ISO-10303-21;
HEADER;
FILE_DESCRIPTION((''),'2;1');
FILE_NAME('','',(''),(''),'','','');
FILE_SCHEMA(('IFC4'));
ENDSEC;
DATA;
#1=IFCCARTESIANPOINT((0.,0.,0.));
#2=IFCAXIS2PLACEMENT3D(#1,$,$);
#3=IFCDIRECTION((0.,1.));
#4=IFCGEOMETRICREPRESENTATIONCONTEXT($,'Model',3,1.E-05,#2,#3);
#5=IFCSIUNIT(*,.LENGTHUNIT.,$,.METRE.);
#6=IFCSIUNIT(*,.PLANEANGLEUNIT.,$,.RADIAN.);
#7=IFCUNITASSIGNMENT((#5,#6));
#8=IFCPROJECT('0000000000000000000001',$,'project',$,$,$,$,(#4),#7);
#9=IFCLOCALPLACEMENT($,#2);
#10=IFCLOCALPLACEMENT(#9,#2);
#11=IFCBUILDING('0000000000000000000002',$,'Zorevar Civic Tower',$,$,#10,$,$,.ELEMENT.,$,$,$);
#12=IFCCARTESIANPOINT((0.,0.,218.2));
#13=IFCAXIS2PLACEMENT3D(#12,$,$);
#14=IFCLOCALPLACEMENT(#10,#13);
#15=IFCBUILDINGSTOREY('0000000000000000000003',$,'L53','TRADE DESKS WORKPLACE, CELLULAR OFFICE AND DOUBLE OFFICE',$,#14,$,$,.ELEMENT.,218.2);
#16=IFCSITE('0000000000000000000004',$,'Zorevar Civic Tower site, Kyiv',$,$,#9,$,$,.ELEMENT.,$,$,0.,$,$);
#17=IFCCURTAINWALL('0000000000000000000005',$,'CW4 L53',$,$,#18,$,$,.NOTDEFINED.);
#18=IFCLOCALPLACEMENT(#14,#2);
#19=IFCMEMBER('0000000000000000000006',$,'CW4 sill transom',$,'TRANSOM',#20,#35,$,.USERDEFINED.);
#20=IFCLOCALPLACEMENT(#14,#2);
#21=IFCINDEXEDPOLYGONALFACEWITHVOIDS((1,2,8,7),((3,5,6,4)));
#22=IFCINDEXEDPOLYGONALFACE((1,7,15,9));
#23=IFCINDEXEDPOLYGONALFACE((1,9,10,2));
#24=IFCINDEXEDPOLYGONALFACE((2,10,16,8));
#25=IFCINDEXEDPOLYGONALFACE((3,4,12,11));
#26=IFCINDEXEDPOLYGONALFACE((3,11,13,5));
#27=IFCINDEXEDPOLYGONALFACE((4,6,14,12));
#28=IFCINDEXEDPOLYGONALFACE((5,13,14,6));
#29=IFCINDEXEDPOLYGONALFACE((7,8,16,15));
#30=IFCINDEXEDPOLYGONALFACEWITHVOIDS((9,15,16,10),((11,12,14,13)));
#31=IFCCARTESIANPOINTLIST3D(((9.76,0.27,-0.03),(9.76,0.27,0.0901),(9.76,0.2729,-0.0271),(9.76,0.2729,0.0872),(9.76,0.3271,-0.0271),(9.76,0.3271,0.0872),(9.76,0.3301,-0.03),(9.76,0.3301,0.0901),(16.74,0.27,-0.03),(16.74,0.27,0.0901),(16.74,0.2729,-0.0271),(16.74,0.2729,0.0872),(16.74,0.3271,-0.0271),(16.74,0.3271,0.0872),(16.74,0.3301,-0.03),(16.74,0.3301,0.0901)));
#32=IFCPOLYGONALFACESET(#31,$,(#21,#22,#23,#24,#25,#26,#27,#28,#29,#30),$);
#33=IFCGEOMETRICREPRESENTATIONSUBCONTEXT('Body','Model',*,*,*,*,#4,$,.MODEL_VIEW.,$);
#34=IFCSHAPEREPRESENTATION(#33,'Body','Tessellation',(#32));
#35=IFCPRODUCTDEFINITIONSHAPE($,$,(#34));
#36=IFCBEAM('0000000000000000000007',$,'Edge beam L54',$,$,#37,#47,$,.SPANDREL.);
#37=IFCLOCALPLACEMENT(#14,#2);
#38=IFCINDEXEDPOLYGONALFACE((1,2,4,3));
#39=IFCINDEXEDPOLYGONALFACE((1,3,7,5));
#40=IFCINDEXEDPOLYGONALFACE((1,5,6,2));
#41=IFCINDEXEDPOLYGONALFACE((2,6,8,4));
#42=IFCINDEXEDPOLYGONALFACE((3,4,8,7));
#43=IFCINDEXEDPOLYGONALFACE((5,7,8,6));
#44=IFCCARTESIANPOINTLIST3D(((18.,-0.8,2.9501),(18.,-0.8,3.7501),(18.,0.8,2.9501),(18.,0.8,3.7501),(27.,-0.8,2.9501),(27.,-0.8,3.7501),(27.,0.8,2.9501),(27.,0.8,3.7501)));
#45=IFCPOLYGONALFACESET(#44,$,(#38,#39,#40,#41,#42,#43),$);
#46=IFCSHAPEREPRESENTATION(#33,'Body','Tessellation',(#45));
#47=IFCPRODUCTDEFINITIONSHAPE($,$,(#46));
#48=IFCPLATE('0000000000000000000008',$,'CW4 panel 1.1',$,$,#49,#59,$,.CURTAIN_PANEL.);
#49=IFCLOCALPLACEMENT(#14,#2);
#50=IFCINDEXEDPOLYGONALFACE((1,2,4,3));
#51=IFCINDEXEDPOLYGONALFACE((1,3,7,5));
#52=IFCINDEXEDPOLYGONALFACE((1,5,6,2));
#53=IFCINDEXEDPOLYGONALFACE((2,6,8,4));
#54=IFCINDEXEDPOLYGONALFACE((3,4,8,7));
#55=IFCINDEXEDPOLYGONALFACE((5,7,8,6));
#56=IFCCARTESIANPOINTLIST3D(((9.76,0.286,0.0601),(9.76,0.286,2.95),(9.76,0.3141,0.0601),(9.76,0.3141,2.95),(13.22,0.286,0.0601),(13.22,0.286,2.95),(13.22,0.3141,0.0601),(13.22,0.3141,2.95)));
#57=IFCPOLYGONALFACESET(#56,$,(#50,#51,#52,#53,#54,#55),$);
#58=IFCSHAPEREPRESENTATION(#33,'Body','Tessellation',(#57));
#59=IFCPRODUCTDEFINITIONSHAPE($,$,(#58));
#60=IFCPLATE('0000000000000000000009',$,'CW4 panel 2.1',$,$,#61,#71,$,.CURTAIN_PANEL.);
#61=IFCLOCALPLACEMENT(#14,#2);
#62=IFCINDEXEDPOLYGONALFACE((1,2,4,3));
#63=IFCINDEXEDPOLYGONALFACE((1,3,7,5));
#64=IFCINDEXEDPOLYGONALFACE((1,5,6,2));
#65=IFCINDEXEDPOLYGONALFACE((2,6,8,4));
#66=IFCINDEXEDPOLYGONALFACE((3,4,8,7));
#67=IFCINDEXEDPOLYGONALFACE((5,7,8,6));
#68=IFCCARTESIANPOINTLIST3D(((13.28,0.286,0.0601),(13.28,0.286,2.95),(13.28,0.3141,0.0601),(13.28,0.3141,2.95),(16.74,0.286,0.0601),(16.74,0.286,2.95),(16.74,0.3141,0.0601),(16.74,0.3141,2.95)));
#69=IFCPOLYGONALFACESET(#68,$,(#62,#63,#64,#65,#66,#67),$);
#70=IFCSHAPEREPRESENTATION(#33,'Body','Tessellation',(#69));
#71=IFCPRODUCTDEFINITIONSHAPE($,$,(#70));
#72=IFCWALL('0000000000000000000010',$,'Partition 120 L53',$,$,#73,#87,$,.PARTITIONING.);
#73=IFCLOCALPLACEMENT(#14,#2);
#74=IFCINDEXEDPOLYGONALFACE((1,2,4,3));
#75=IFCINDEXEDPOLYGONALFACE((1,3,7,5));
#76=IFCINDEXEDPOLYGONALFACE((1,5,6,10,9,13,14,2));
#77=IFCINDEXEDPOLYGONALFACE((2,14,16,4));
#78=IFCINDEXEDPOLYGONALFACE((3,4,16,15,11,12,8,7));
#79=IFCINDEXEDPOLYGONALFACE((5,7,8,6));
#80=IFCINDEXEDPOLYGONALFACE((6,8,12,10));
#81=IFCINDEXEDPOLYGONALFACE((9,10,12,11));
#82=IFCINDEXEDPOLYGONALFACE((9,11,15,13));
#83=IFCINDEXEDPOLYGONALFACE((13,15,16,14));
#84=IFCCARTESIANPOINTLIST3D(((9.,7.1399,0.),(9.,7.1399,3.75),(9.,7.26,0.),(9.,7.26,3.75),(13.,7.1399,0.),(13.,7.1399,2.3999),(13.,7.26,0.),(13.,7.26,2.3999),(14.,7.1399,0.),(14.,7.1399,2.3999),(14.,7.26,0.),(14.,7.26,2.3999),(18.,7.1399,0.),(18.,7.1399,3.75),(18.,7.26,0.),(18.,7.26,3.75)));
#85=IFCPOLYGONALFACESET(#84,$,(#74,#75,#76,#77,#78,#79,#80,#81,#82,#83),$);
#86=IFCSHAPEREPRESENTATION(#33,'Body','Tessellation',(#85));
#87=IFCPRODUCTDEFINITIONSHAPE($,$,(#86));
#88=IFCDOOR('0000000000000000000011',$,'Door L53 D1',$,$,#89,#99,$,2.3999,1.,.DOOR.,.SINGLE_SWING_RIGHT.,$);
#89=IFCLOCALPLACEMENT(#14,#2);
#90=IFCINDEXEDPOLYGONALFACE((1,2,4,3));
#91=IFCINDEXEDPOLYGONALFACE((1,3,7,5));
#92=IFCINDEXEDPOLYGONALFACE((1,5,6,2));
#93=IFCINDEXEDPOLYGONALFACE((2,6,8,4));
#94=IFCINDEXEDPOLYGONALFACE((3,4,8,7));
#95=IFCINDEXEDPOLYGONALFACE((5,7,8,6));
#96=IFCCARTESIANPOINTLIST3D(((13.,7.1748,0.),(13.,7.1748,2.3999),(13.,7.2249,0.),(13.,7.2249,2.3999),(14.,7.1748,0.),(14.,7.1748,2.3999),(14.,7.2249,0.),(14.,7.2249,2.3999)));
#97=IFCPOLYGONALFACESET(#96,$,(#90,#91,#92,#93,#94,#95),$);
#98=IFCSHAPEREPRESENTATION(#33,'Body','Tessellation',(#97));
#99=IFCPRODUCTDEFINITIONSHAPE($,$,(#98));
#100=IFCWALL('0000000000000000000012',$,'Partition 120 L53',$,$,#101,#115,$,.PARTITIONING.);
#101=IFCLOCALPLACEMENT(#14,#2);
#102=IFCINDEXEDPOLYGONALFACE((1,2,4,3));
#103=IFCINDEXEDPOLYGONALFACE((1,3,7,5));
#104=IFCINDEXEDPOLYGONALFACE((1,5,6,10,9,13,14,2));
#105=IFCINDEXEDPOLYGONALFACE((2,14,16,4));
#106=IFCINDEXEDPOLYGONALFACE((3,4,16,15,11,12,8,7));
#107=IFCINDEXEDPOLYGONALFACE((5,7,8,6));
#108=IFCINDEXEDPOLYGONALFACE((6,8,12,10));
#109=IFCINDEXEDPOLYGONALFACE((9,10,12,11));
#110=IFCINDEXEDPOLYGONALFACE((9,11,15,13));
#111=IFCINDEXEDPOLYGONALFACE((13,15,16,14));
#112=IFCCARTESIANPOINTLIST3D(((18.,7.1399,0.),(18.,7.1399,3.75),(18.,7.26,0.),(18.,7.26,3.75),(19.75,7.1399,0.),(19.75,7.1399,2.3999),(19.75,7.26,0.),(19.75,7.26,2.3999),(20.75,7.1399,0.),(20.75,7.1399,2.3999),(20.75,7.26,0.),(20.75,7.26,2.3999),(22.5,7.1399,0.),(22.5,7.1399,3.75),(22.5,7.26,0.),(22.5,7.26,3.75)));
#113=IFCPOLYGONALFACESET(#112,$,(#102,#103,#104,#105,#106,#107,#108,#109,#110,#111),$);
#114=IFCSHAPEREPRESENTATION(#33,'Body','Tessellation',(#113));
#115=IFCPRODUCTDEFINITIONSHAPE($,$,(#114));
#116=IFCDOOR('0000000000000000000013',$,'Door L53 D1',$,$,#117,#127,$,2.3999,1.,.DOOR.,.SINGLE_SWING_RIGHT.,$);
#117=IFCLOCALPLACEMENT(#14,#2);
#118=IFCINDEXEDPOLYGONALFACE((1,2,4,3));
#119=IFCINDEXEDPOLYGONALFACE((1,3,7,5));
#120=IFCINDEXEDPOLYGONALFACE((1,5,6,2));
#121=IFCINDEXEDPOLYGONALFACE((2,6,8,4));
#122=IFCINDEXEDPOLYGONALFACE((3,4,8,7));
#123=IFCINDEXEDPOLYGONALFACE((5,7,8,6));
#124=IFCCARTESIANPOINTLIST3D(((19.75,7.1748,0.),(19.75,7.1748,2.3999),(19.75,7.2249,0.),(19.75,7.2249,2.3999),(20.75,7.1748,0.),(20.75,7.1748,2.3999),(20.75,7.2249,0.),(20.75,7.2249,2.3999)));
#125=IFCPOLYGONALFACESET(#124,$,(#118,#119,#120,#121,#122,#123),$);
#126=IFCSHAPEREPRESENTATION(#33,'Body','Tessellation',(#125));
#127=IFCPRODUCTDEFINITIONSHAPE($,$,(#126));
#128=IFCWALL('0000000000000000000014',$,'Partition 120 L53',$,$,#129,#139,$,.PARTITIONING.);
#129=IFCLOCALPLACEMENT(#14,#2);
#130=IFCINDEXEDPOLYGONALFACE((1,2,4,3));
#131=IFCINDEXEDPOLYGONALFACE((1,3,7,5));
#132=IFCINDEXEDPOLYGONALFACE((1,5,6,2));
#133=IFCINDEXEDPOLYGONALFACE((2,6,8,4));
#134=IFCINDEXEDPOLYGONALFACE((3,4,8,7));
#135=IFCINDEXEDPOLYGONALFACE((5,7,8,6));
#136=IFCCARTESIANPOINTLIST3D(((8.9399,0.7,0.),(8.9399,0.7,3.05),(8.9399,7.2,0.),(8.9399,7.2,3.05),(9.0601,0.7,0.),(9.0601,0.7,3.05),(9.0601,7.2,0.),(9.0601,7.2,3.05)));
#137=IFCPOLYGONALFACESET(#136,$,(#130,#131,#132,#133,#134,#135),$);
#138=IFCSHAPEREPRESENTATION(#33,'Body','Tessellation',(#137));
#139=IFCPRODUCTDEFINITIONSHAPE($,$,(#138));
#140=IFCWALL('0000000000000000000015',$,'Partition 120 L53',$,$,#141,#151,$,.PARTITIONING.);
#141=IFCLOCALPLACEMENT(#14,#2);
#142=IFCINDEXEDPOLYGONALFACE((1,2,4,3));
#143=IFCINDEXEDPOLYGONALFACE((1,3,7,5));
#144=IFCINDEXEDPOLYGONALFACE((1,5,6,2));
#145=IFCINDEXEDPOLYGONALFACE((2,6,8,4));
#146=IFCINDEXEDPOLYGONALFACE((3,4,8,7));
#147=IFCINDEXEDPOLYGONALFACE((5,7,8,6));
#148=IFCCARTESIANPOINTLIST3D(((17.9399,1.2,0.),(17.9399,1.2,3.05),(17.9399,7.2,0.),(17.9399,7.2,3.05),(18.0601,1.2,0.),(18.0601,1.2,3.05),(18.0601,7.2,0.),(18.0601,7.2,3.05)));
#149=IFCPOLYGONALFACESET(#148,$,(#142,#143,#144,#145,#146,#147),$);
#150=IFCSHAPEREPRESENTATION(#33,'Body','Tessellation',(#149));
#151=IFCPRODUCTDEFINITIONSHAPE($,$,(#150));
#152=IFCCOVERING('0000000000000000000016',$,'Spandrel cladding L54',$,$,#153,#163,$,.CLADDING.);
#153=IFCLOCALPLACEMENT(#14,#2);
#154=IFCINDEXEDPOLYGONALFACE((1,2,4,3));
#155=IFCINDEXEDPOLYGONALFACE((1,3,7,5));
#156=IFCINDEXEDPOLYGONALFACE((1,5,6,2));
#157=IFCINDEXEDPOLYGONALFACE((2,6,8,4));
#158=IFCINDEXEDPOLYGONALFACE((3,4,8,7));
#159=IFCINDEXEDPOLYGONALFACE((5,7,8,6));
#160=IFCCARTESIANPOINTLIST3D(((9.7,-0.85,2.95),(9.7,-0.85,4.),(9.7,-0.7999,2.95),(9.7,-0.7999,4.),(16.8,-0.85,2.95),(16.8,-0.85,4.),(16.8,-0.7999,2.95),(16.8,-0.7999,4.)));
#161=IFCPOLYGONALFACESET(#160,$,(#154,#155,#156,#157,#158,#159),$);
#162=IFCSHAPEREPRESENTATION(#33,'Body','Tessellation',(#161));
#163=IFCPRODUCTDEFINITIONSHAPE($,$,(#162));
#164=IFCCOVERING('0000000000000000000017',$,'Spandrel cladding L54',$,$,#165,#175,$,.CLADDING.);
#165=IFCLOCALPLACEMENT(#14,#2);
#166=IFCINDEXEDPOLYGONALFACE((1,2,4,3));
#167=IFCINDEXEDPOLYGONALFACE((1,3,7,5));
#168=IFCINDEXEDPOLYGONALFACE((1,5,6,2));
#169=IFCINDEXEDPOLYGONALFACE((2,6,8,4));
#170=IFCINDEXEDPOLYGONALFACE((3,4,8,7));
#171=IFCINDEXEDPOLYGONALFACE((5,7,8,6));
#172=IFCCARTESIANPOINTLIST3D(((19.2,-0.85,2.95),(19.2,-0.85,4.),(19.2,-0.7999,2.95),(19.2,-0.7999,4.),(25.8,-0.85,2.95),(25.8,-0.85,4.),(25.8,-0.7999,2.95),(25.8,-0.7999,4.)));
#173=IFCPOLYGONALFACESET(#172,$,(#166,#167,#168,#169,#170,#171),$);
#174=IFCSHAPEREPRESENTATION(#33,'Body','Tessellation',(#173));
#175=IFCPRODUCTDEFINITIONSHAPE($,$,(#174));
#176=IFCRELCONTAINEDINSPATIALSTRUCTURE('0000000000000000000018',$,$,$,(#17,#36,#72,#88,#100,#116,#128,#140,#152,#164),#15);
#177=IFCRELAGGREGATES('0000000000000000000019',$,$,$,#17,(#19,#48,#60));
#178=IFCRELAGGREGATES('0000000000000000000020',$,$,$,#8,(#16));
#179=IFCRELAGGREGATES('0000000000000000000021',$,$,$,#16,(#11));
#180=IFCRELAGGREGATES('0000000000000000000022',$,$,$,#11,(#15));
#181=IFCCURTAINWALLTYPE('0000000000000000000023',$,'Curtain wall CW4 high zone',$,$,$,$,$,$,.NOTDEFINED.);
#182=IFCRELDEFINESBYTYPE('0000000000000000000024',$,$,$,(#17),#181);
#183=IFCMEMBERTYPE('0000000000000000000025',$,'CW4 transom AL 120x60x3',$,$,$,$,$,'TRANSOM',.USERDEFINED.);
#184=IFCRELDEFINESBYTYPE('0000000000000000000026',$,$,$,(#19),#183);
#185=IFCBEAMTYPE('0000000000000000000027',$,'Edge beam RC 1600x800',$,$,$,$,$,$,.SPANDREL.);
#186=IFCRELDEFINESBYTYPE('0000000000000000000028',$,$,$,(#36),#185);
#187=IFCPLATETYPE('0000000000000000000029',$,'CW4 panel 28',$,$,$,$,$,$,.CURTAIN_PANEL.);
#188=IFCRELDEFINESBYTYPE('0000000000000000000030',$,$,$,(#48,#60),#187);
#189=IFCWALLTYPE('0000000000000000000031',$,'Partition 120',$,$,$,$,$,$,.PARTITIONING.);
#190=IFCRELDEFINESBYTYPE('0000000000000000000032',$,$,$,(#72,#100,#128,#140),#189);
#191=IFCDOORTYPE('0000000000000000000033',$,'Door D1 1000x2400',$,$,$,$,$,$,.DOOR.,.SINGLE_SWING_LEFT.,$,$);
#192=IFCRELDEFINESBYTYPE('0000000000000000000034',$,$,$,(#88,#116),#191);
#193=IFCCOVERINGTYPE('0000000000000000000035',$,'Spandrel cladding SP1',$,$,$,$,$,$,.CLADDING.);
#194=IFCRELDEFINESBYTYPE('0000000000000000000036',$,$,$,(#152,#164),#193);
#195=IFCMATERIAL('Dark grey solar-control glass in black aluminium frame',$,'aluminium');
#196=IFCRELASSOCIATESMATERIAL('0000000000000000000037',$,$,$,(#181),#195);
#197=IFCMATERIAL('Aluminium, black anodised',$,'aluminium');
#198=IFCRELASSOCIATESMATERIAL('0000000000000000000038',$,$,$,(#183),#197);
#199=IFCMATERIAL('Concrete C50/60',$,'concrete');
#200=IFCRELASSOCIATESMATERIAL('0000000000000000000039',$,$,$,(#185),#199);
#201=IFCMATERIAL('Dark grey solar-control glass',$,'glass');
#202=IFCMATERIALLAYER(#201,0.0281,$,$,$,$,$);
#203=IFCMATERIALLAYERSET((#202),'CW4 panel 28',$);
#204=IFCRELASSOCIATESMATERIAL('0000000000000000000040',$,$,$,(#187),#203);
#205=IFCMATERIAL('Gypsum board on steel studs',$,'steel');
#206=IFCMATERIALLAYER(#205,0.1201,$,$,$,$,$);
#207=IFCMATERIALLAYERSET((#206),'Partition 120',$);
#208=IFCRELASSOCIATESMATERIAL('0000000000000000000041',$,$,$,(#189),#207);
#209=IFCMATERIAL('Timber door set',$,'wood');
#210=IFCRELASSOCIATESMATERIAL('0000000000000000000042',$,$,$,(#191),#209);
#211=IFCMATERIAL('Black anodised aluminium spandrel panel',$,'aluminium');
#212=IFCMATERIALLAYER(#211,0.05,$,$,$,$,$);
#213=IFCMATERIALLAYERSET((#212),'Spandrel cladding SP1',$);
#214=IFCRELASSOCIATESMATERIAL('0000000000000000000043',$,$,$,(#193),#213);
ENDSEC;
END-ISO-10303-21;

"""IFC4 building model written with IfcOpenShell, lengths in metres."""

from ifc_helpers import new_model, si_unit, direction, frame, frame_2d, origin, origin_2d, place, context, subcontext, project, spatial, rectangle, hollow_rectangle, extrude, material, layer, layer_set, material_profile, profile_set, type_object, element, fill, aggregate, save


model = new_model("IFC4")

# Units and contexts
model_context = context("Model", 3, precision=1e-05, world=origin(), true_north=direction((0.0, 1.0)))
body_context = subcontext(model_context, "Body", "Model", "MODEL_VIEW")
ifc_project = project(units=[si_unit("LENGTHUNIT", "METRE"), si_unit("PLANEANGLEUNIT", "RADIAN")], contexts=[model_context])

# Site, building, storey
site_placement = place(None, origin())
site = spatial("IfcSite", under=ifc_project, at=site_placement, Name="Zorevar Civic Tower site, Kyiv", CompositionType="ELEMENT", RefElevation=0.0)
building_placement = place(site_placement, origin())
building = spatial("IfcBuilding", under=site, at=building_placement, Name="Zorevar Civic Tower", CompositionType="ELEMENT")
storey_placement = place(building_placement, frame((0.0, 0.0, 218.2)))
storey = spatial("IfcBuildingStorey", under=building, at=storey_placement, Name="L53", Description="TRADE DESKS WORKPLACE, CELLULAR OFFICE AND DOUBLE OFFICE", CompositionType="ELEMENT", Elevation=218.2)

# Curtain wall, member
ifc_material_1 = material(Name="Dark grey solar-control glass in black aluminium frame", Category="aluminium")
curtain_wall_type = type_object("IfcCurtainWallType", Name="Curtain wall CW4 high zone", PredefinedType="NOTDEFINED", material=ifc_material_1)
curtain_wall_placement = place(storey_placement, origin())
curtain_wall = element("IfcCurtainWall", 1, at=curtain_wall_placement, inside=storey, type_object=curtain_wall_type, Name="CW4 L53", PredefinedType="NOTDEFINED")
ifc_material_2 = material(Name="Aluminium, black anodised", Category="aluminium")
ifc_material_profile_1 = material_profile(ifc_material_2, hollow_rectangle(XDim=0.0601, YDim=0.1201, WallThickness=0.0029, at=origin_2d()), Name="AL 120x60x3")
ifc_profile_set_1 = profile_set([ifc_material_profile_1], Name="Aluminium, black anodised")
member_type_1 = type_object("IfcMemberType", Name="CW4 transom AL 120x60x3", ElementType="TRANSOM", PredefinedType="USERDEFINED", material=ifc_profile_set_1)
member_1_placement = place(storey_placement, frame((9.76, 0.3, 0.03), z_axis=(1.0, 0.0, 0.0), x_axis=(0.0, 1.0, 0.0)))
member_1 = element("IfcMember", 2, at=member_1_placement, type_object=member_type_1, Name="CW4 sill transom", ObjectType="TRANSOM", PredefinedType="USERDEFINED", context=body_context, shape_type="SweptSolid", body=[
    extrude(hollow_rectangle(XDim=0.0601, YDim=0.1201, WallThickness=0.0029, at=origin_2d()), origin(), (0.0, 0.0, 1.0), 6.98),
])

# Beam
ifc_material_3 = material(Name="Concrete C50/60", Category="concrete")
ifc_material_profile_2 = material_profile(ifc_material_3, rectangle(XDim=1.6001, YDim=0.8, at=origin_2d()), Name="RC 1600x800")
ifc_profile_set_2 = profile_set([ifc_material_profile_2], Name="Concrete C50/60")
beam_type_1 = type_object("IfcBeamType", Name="Edge beam RC 1600x800", PredefinedType="SPANDREL", material=ifc_profile_set_2)
beam_1_placement = place(storey_placement, frame((18.0, 0.0, 3.3501), z_axis=(1.0, 0.0, 0.0), x_axis=(0.0, 1.0, 0.0)))
element("IfcBeam", 3, at=beam_1_placement, inside=storey, type_object=beam_type_1, Name="Edge beam L54", PredefinedType="SPANDREL", context=body_context, shape_type="SweptSolid", body=[
    extrude(rectangle(XDim=1.6001, YDim=0.8, at=origin_2d()), origin(), (0.0, 0.0, 1.0), 9.0),
])

# Plates
ifc_material_4 = material(Name="Dark grey solar-control glass", Category="glass")
ifc_layer_1 = layer(ifc_material_4, 0.0281)
ifc_layer_set_1 = layer_set([ifc_layer_1], Name="CW4 panel 28")
plate_type = type_object("IfcPlateType", Name="CW4 panel 28", PredefinedType="CURTAIN_PANEL", material=ifc_layer_set_1)
plate_1_placement = place(storey_placement, frame((11.49, 0.3, 0.0601), z_axis=(0.0, 0.0, 1.0), x_axis=(1.0, 0.0, 0.0)))
plate_1 = element("IfcPlate", 4, at=plate_1_placement, type_object=plate_type, Name="CW4 panel 1.1", PredefinedType="CURTAIN_PANEL", context=body_context, shape_type="SweptSolid", body=[
    extrude(rectangle(XDim=3.46, YDim=0.0281, at=origin_2d()), origin(), (0.0, 0.0, 1.0), 2.8899),
])
plate_2_placement = place(storey_placement, frame((15.01, 0.3, 0.0601), z_axis=(0.0, 0.0, 1.0), x_axis=(1.0, 0.0, 0.0)))
plate_2 = element("IfcPlate", 5, at=plate_2_placement, type_object=plate_type, Name="CW4 panel 2.1", PredefinedType="CURTAIN_PANEL", context=body_context, shape_type="SweptSolid", body=[
    extrude(rectangle(XDim=3.46, YDim=0.0281, at=origin_2d()), origin(), (0.0, 0.0, 1.0), 2.8899),
])
aggregate(curtain_wall, [member_1, plate_1, plate_2])

# Walls, openings, doors
ifc_material_5 = material(Name="Gypsum board on steel studs", Category="steel")
ifc_layer_2 = layer(ifc_material_5, 0.1201)
ifc_layer_set_2 = layer_set([ifc_layer_2], Name="Partition 120")
wall_type = type_object("IfcWallType", Name="Partition 120", PredefinedType="PARTITIONING", material=ifc_layer_set_2)
wall_1_placement = place(storey_placement, frame((9.0, 7.2, 0.0), z_axis=(0.0, 0.0, 1.0), x_axis=(1.0, 0.0, 0.0)))
wall_1 = element("IfcWall", 6, at=wall_1_placement, inside=storey, type_object=wall_type, Name="Partition 120 L53", PredefinedType="PARTITIONING", context=body_context, shape_type="SweptSolid", body=[
    extrude(rectangle(XDim=9.0, YDim=0.1201, at=frame_2d((4.5, 0.0))), origin(), (0.0, 0.0, 1.0), 3.75),
])
opening_1_placement = place(wall_1_placement, frame((4.0, 0.0, 0.0)))
opening_1 = element("IfcOpeningElement", 7, at=opening_1_placement, cuts=wall_1, PredefinedType="OPENING", context=body_context, shape_type="SweptSolid", body=[
    extrude(rectangle(XDim=1.0, YDim=2.3999, at=frame_2d((0.5, 1.2))), frame((0.0, 0.0701, 0.0), z_axis=(0.0, -1.0, 0.0), x_axis=(1.0, 0.0, 0.0)), (0.0, 0.0, 1.0), 0.1401),
])
ifc_material_6 = material(Name="Timber door set", Category="wood")
door_type = type_object("IfcDoorType", Name="Door D1 1000x2400", OperationType="SINGLE_SWING_LEFT", PredefinedType="DOOR", material=ifc_material_6)
door_1_placement = place(opening_1_placement, origin())
door_1 = element("IfcDoor", 8, at=door_1_placement, inside=storey, type_object=door_type, Name="Door L53 D1", OperationType="SINGLE_SWING_RIGHT", OverallHeight=2.3999, OverallWidth=1.0, PredefinedType="DOOR", context=body_context, shape_type="SweptSolid", body=[
    extrude(rectangle(XDim=1.0, YDim=2.3999, at=frame_2d((0.5, 1.2))), frame((0.0, 0.0249, 0.0), z_axis=(0.0, -1.0, 0.0), x_axis=(1.0, 0.0, 0.0)), (0.0, 0.0, 1.0), 0.05),
])
fill(opening_1, door_1)
wall_2_placement = place(storey_placement, frame((18.0, 7.2, 0.0), z_axis=(0.0, 0.0, 1.0), x_axis=(1.0, 0.0, 0.0)))
wall_2 = element("IfcWall", 9, at=wall_2_placement, inside=storey, type_object=wall_type, Name="Partition 120 L53", PredefinedType="PARTITIONING", context=body_context, shape_type="SweptSolid", body=[
    extrude(rectangle(XDim=4.5, YDim=0.1201, at=frame_2d((2.25, 0.0))), origin(), (0.0, 0.0, 1.0), 3.75),
])
opening_2_placement = place(wall_2_placement, frame((1.75, 0.0, 0.0)))
opening_2 = element("IfcOpeningElement", 10, at=opening_2_placement, cuts=wall_2, PredefinedType="OPENING", context=body_context, shape_type="SweptSolid", body=[
    extrude(rectangle(XDim=1.0, YDim=2.3999, at=frame_2d((0.5, 1.2))), frame((0.0, 0.0701, 0.0), z_axis=(0.0, -1.0, 0.0), x_axis=(1.0, 0.0, 0.0)), (0.0, 0.0, 1.0), 0.1401),
])
door_2_placement = place(opening_2_placement, origin())
door_2 = element("IfcDoor", 11, at=door_2_placement, inside=storey, type_object=door_type, Name="Door L53 D1", OperationType="SINGLE_SWING_RIGHT", OverallHeight=2.3999, OverallWidth=1.0, PredefinedType="DOOR", context=body_context, shape_type="SweptSolid", body=[
    extrude(rectangle(XDim=1.0, YDim=2.3999, at=frame_2d((0.5, 1.2))), frame((0.0, 0.0249, 0.0), z_axis=(0.0, -1.0, 0.0), x_axis=(1.0, 0.0, 0.0)), (0.0, 0.0, 1.0), 0.05),
])
fill(opening_2, door_2)

# Walls
wall_3_placement = place(storey_placement, frame((9.0, 0.7, 0.0), z_axis=(0.0, 0.0, 1.0), x_axis=(0.0, 1.0, 0.0)))
element("IfcWall", 12, at=wall_3_placement, inside=storey, type_object=wall_type, Name="Partition 120 L53", PredefinedType="PARTITIONING", context=body_context, shape_type="SweptSolid", body=[
    extrude(rectangle(XDim=6.5, YDim=0.1201, at=frame_2d((3.25, 0.0))), origin(), (0.0, 0.0, 1.0), 3.05),
])
wall_4_placement = place(storey_placement, frame((18.0, 1.2, 0.0), z_axis=(0.0, 0.0, 1.0), x_axis=(0.0, 1.0, 0.0)))
element("IfcWall", 13, at=wall_4_placement, inside=storey, type_object=wall_type, Name="Partition 120 L53", PredefinedType="PARTITIONING", context=body_context, shape_type="SweptSolid", body=[
    extrude(rectangle(XDim=6.0, YDim=0.1201, at=frame_2d((3.0, 0.0))), origin(), (0.0, 0.0, 1.0), 3.05),
])

# Coverings
ifc_material_7 = material(Name="Black anodised aluminium spandrel panel", Category="aluminium")
ifc_layer_3 = layer(ifc_material_7, 0.05)
ifc_layer_set_3 = layer_set([ifc_layer_3], Name="Spandrel cladding SP1")
covering_type = type_object("IfcCoveringType", Name="Spandrel cladding SP1", PredefinedType="CLADDING", material=ifc_layer_set_3)
covering_1_placement = place(storey_placement, frame((9.7, -0.825, 2.95), z_axis=(0.0, 0.0, 1.0), x_axis=(1.0, 0.0, 0.0)))
element("IfcCovering", 14, at=covering_1_placement, inside=storey, type_object=covering_type, Name="Spandrel cladding L54", PredefinedType="CLADDING", context=body_context, shape_type="SweptSolid", body=[
    extrude(rectangle(XDim=7.1001, YDim=0.05, at=frame_2d((3.55, 0.0))), origin(), (0.0, 0.0, 1.0), 1.05),
])
covering_2_placement = place(storey_placement, frame((19.2, -0.825, 2.95), z_axis=(0.0, 0.0, 1.0), x_axis=(1.0, 0.0, 0.0)))
element("IfcCovering", 15, at=covering_2_placement, inside=storey, type_object=covering_type, Name="Spandrel cladding L54", PredefinedType="CLADDING", context=body_context, shape_type="SweptSolid", body=[
    extrude(rectangle(XDim=6.6001, YDim=0.05, at=frame_2d((3.3, 0.0))), origin(), (0.0, 0.0, 1.0), 1.05),
])

save(model, "model.ifc")
